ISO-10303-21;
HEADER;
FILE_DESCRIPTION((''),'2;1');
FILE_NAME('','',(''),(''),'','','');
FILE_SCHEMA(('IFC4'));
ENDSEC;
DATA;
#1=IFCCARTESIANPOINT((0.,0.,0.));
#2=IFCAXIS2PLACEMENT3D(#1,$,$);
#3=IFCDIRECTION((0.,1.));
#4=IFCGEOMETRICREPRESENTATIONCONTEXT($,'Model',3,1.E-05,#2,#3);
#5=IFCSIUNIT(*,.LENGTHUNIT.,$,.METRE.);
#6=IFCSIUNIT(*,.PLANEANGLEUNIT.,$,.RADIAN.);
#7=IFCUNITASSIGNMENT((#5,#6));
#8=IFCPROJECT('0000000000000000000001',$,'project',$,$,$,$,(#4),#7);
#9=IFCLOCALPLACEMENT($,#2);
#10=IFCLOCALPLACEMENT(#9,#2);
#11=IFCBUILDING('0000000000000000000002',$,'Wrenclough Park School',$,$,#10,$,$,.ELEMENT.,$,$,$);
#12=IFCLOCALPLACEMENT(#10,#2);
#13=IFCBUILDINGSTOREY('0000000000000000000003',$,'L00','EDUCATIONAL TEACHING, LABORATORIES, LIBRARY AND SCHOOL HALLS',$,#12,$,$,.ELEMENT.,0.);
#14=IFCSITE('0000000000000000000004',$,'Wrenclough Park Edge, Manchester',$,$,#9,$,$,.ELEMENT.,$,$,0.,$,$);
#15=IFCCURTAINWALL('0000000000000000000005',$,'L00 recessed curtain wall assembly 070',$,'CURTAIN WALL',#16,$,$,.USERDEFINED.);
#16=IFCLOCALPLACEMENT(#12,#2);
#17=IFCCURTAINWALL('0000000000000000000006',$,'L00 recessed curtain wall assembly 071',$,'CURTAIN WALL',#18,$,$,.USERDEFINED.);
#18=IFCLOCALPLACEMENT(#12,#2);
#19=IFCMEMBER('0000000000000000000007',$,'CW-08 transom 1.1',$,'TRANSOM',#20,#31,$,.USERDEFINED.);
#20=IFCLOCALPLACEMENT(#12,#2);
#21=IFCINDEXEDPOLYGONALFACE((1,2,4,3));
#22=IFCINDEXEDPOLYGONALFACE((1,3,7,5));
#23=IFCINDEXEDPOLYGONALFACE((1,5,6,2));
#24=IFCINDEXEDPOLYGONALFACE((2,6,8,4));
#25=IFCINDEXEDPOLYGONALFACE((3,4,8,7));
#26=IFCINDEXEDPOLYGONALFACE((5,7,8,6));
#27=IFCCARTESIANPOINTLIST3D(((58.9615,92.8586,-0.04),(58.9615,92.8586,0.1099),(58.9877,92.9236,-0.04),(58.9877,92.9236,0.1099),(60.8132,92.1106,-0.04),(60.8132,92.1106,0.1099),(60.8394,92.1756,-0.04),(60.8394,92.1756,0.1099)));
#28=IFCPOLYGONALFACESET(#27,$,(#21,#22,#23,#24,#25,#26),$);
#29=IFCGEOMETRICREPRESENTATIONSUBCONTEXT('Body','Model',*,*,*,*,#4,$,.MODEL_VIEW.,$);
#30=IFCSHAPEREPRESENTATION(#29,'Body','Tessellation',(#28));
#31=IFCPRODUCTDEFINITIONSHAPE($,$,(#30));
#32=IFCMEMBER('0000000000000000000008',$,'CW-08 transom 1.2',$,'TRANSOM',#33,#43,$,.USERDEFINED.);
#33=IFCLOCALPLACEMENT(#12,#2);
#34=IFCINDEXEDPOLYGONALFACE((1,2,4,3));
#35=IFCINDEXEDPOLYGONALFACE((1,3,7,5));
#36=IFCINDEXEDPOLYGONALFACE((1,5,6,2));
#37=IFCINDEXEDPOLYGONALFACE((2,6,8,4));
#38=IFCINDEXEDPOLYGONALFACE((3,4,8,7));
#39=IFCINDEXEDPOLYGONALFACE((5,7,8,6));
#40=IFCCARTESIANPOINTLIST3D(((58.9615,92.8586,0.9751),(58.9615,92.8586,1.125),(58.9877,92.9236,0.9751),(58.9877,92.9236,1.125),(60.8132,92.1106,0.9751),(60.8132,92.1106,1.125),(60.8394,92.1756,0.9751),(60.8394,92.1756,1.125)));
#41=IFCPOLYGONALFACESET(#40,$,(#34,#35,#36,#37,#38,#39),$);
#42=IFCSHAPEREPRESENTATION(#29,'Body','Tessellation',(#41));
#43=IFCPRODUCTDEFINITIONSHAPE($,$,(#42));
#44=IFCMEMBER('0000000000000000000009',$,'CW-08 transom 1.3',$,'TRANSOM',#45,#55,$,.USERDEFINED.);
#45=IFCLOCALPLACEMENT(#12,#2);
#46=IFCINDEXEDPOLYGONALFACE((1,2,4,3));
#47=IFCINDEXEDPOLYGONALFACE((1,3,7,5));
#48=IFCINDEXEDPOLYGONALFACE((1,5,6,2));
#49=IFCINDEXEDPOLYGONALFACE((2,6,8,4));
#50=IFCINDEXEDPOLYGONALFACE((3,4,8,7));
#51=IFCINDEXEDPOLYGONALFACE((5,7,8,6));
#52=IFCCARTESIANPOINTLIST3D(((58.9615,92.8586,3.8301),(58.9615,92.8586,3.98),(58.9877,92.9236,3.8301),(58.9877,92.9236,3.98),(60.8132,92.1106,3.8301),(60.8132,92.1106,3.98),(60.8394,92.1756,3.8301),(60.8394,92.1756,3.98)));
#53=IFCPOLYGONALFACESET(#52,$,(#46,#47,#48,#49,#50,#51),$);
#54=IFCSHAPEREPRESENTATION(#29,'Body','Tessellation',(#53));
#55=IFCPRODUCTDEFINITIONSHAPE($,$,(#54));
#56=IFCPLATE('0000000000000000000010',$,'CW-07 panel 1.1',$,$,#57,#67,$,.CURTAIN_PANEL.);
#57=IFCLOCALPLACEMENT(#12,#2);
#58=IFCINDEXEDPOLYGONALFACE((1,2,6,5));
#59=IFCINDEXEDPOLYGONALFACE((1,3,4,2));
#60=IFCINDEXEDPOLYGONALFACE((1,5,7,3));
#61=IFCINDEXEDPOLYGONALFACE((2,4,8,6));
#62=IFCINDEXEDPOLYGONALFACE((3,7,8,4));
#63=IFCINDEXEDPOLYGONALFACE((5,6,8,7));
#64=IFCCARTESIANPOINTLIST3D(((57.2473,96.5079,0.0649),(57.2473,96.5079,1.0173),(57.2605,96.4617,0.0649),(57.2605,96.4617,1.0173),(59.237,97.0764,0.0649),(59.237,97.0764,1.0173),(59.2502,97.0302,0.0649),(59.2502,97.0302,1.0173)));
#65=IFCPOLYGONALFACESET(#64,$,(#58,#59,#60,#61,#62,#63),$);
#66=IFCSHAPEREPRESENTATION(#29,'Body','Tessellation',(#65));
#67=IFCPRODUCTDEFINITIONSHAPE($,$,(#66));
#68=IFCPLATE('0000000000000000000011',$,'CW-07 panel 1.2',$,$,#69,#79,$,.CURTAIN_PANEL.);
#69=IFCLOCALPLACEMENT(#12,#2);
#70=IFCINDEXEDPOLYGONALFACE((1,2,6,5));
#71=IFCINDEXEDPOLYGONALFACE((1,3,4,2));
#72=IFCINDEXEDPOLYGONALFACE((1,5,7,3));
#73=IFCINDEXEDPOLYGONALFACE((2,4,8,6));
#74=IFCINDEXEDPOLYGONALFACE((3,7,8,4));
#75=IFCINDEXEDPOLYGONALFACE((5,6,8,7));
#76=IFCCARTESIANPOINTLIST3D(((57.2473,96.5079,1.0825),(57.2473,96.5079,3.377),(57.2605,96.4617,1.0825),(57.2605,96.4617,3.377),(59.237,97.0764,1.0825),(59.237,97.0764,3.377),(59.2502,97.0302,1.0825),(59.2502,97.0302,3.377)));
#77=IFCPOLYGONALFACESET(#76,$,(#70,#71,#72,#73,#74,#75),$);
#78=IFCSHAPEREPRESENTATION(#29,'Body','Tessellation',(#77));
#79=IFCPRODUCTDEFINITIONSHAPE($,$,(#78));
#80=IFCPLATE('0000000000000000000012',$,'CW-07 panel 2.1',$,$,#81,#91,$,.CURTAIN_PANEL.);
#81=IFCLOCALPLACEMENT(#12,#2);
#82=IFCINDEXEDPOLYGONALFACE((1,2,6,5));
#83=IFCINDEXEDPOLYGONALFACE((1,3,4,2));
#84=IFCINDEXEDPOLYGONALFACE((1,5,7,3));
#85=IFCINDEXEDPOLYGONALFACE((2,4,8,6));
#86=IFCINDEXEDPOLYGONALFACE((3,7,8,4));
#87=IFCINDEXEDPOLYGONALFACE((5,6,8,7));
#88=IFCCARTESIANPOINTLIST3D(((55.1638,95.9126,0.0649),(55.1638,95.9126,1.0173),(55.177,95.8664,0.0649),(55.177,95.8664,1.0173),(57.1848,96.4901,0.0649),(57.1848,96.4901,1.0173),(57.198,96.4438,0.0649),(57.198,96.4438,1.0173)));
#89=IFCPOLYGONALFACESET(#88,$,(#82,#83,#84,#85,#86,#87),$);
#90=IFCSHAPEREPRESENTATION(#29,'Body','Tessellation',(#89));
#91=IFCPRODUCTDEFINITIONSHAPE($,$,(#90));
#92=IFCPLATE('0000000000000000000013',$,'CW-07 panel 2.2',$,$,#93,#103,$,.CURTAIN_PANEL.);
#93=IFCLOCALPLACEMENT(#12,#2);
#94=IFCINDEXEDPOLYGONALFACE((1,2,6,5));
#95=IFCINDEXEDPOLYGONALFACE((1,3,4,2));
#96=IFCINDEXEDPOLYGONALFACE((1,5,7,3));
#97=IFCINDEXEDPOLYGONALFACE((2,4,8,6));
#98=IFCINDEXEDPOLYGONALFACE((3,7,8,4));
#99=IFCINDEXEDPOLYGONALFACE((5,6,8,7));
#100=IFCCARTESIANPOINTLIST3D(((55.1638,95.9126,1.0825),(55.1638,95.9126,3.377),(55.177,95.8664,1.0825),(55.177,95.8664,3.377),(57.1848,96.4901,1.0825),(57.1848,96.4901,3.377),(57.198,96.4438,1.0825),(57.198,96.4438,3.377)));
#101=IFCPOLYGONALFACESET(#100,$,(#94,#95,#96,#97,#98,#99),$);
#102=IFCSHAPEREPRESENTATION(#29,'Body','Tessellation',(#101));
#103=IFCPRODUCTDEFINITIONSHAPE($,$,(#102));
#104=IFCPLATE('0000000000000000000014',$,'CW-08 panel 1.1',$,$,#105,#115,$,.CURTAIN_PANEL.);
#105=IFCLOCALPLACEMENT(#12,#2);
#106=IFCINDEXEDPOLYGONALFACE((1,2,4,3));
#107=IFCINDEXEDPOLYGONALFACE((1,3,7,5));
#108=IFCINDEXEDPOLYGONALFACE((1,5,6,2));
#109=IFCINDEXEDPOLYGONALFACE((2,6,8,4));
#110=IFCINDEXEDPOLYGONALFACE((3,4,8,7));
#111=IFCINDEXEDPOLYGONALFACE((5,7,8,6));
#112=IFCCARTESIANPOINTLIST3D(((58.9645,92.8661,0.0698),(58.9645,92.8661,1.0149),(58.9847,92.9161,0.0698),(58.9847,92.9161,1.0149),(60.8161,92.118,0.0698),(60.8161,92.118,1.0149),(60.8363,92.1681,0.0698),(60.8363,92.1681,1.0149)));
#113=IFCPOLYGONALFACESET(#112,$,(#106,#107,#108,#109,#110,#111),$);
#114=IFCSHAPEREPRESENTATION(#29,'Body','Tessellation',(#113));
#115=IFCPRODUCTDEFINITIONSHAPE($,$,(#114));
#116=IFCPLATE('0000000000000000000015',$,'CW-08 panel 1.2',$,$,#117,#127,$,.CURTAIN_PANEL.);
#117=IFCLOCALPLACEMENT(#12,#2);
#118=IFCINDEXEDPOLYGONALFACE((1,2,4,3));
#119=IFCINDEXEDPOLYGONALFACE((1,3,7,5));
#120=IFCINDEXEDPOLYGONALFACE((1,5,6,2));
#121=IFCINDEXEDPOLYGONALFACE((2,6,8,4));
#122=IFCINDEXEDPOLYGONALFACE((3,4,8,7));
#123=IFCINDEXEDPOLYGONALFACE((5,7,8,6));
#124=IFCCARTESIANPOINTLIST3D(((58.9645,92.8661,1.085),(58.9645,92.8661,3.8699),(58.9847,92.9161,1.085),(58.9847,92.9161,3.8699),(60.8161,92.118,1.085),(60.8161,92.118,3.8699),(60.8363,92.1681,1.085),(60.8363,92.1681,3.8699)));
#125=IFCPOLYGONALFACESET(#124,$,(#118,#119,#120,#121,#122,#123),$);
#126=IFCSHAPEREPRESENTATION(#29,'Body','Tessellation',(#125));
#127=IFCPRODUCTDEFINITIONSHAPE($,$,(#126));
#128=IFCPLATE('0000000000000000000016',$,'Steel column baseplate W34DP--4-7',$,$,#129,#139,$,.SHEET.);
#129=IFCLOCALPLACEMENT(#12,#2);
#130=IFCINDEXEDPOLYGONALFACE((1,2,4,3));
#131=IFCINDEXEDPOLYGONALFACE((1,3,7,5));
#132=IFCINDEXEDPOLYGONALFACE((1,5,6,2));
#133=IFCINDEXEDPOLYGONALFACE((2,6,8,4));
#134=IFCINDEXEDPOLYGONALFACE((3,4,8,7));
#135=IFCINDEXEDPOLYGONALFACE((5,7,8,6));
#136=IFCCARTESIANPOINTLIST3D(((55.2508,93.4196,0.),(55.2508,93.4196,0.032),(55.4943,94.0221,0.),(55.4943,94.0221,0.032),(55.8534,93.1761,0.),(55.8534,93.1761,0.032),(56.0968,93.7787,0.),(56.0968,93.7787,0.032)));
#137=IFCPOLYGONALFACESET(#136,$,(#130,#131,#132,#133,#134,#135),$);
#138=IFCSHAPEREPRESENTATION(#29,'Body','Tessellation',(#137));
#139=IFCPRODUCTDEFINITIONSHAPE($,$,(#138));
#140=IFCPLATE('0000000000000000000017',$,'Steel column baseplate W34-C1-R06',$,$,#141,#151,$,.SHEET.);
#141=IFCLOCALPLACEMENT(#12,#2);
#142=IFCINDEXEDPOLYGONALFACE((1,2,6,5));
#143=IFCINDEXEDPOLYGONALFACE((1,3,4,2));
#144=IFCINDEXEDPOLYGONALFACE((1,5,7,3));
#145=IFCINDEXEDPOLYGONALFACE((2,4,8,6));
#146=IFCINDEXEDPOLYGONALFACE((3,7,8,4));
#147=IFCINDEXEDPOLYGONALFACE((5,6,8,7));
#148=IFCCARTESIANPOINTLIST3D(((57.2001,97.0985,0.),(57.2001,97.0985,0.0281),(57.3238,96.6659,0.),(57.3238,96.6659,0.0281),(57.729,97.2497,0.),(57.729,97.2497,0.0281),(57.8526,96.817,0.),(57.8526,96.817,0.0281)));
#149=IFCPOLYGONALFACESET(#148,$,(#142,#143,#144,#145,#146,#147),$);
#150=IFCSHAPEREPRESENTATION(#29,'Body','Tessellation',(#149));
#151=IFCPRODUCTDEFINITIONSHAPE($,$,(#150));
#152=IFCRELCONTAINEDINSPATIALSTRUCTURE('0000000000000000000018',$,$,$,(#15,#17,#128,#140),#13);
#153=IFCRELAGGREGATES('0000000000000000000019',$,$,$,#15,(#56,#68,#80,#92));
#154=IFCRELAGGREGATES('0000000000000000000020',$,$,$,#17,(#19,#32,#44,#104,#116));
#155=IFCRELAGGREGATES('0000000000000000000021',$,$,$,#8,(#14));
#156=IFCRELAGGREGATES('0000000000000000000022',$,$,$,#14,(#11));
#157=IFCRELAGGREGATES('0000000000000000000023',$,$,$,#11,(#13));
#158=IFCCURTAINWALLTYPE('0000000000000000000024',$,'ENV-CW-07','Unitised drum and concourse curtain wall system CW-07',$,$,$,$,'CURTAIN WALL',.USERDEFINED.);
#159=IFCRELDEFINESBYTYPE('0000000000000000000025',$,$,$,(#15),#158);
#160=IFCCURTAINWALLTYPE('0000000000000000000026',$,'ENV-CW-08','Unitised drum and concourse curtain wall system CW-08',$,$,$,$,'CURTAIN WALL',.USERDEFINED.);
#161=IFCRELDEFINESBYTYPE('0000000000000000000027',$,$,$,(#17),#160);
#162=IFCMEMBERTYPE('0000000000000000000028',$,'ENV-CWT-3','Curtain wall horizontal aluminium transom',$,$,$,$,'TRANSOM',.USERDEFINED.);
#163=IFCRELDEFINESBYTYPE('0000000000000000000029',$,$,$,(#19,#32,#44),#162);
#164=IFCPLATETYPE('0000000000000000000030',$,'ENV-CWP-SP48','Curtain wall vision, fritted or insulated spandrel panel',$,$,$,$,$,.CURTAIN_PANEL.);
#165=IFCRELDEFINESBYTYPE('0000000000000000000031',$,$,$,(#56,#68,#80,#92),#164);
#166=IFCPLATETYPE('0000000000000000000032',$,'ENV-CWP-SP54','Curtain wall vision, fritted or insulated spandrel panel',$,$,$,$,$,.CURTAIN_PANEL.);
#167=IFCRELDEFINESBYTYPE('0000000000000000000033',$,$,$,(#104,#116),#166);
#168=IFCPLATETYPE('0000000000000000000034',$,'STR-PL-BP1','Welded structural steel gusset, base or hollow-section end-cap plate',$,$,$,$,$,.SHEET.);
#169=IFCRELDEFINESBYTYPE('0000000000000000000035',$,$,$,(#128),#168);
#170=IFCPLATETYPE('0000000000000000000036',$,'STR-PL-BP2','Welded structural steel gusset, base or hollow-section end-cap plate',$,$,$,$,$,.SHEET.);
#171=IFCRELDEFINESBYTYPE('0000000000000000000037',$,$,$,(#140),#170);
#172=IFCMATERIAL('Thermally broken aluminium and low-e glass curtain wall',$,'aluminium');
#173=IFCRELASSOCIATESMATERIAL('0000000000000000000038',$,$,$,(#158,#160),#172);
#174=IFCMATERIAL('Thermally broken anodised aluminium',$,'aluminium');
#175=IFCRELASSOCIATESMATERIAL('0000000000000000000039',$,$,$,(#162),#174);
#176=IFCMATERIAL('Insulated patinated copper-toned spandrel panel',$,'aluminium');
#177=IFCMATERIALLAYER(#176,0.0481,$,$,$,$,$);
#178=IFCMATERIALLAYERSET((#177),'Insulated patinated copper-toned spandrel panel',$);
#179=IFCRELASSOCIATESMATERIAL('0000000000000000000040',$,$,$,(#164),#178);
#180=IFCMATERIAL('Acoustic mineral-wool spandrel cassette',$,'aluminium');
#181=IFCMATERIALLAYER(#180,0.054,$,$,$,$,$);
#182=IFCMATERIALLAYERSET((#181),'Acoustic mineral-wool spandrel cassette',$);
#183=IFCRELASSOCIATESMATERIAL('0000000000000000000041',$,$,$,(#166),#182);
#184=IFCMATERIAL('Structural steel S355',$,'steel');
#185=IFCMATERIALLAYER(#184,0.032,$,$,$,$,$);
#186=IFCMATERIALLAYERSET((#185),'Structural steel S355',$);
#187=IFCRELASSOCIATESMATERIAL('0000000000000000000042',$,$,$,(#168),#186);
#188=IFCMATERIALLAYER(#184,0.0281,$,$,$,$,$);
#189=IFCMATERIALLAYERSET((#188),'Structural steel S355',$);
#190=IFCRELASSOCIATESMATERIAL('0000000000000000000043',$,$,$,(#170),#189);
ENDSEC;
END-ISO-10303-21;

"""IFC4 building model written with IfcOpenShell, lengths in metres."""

from ifc_helpers import new_model, si_unit, direction, frame, origin, origin_2d, place, context, subcontext, project, spatial, rectangle, extrude, material, layer, layer_set, material_profile, profile_set, type_object, element, aggregate, save


model = new_model("IFC4")

# Units and contexts
model_context = context("Model", 3, precision=1e-05, world=origin(), true_north=direction((0.0, 1.0)))
body_context = subcontext(model_context, "Body", "Model", "MODEL_VIEW")
ifc_project = project(units=[si_unit("LENGTHUNIT", "METRE"), si_unit("PLANEANGLEUNIT", "RADIAN")], contexts=[model_context])

# Site, building, storey
site_placement = place(None, origin())
site = spatial("IfcSite", under=ifc_project, at=site_placement, Name="Wrenclough Park Edge, Manchester", CompositionType="ELEMENT", RefElevation=0.0)
building_placement = place(site_placement, origin())
building = spatial("IfcBuilding", under=site, at=building_placement, Name="Wrenclough Park School", CompositionType="ELEMENT")
storey_placement = place(building_placement, origin())
storey = spatial("IfcBuildingStorey", under=building, at=storey_placement, Name="L00", Description="EDUCATIONAL TEACHING, LABORATORIES, LIBRARY AND SCHOOL HALLS", CompositionType="ELEMENT", Elevation=0.0)

# Shared definitions
ifc_material_1 = material(Name="Structural steel S355", Category="steel")

# Curtain walls
ifc_material_2 = material(Name="Thermally broken aluminium and low-e glass curtain wall", Category="aluminium")
curtain_wall_type_1 = type_object("IfcCurtainWallType", Name="ENV-CW-07", Description="Unitised drum and concourse curtain wall system CW-07", ElementType="CURTAIN WALL", PredefinedType="USERDEFINED", material=ifc_material_2)
curtain_wall_1_placement = place(storey_placement, origin())
curtain_wall_1 = element("IfcCurtainWall", 1, at=curtain_wall_1_placement, inside=storey, type_object=curtain_wall_type_1, Name="L00 recessed curtain wall assembly 070", ObjectType="CURTAIN WALL", PredefinedType="USERDEFINED")
ifc_material_3 = material(Name="Thermally broken anodised aluminium", Category="aluminium")
curtain_wall_type_2 = type_object("IfcCurtainWallType", Name="ENV-CW-08", Description="Unitised drum and concourse curtain wall system CW-08", ElementType="CURTAIN WALL", PredefinedType="USERDEFINED", material=ifc_material_2)
curtain_wall_2_placement = place(storey_placement, origin())
curtain_wall_2 = element("IfcCurtainWall", 2, at=curtain_wall_2_placement, inside=storey, type_object=curtain_wall_type_2, Name="L00 recessed curtain wall assembly 071", ObjectType="CURTAIN WALL", PredefinedType="USERDEFINED")

# Members
ifc_material_profile_1 = material_profile(ifc_material_3, rectangle(XDim=0.0701, YDim=0.1499, at=origin_2d()), Name="AL TRANSOM 70x150")
ifc_profile_set_1 = profile_set([ifc_material_profile_1], Name="Thermally broken anodised aluminium")
member_type_1 = type_object("IfcMemberType", Name="ENV-CWT-3", Description="Curtain wall horizontal aluminium transom", ElementType="TRANSOM", PredefinedType="USERDEFINED", material=ifc_profile_set_1)
member_1_placement = place(storey_placement, frame((58.9746, 92.8911, 0.0349), z_axis=(0.927207, -0.37455, 0.0), x_axis=(0.37455, 0.927207, 0.0)))
member_1 = element("IfcMember", 3, at=member_1_placement, type_object=member_type_1, Name="CW-08 transom 1.1", ObjectType="TRANSOM", PredefinedType="USERDEFINED", context=body_context, shape_type="SweptSolid", body=[
    extrude(rectangle(XDim=0.0701, YDim=0.1499, at=origin_2d()), origin(), (0.0, 0.0, 1.0), 1.9971),
])
member_2_placement = place(storey_placement, frame((58.9746, 92.8911, 1.05), z_axis=(0.927207, -0.37455, 0.0), x_axis=(0.37455, 0.927207, 0.0)))
member_2 = element("IfcMember", 4, at=member_2_placement, type_object=member_type_1, Name="CW-08 transom 1.2", ObjectType="TRANSOM", PredefinedType="USERDEFINED", context=body_context, shape_type="SweptSolid", body=[
    extrude(rectangle(XDim=0.0701, YDim=0.1499, at=origin_2d()), origin(), (0.0, 0.0, 1.0), 1.9971),
])
member_3_placement = place(storey_placement, frame((58.9746, 92.8911, 3.905), z_axis=(0.927207, -0.37455, 0.0), x_axis=(0.37455, 0.927207, 0.0)))
member_3 = element("IfcMember", 5, at=member_3_placement, type_object=member_type_1, Name="CW-08 transom 1.3", ObjectType="TRANSOM", PredefinedType="USERDEFINED", context=body_context, shape_type="SweptSolid", body=[
    extrude(rectangle(XDim=0.0701, YDim=0.1499, at=origin_2d()), origin(), (0.0, 0.0, 1.0), 1.9971),
])

# Plates
ifc_material_4 = material(Name="Insulated patinated copper-toned spandrel panel", Category="aluminium")
ifc_layer_1 = layer(ifc_material_4, 0.0481)
ifc_layer_set_1 = layer_set([ifc_layer_1], Name="Insulated patinated copper-toned spandrel panel")
plate_type_1 = type_object("IfcPlateType", Name="ENV-CWP-SP48", Description="Curtain wall vision, fritted or insulated spandrel panel", PredefinedType="CURTAIN_PANEL", material=ifc_layer_set_1)
plate_1_placement = place(storey_placement, frame((58.2488, 96.769, 0.0649), z_axis=(0.0, 0.0, 1.0), x_axis=(-0.961523, -0.274723, 0.0)))
plate_1 = element("IfcPlate", 6, at=plate_1_placement, type_object=plate_type_1, Name="CW-07 panel 1.1", PredefinedType="CURTAIN_PANEL", context=body_context, shape_type="SweptSolid", body=[
    extrude(rectangle(XDim=2.0693, YDim=0.0481, at=origin_2d()), origin(), (0.0, 0.0, 1.0), 0.9524),
])
plate_2_placement = place(storey_placement, frame((58.2488, 96.769, 1.0825), z_axis=(0.0, 0.0, 1.0), x_axis=(-0.961523, -0.274723, 0.0)))
plate_2 = element("IfcPlate", 7, at=plate_2_placement, type_object=plate_type_1, Name="CW-07 panel 1.2", PredefinedType="CURTAIN_PANEL", context=body_context, shape_type="SweptSolid", body=[
    extrude(rectangle(XDim=2.0693, YDim=0.0481, at=origin_2d()), origin(), (0.0, 0.0, 1.0), 2.2944),
])
plate_3_placement = place(storey_placement, frame((56.1809, 96.1782, 0.0649), z_axis=(0.0, 0.0, 1.0), x_axis=(-0.961523, -0.274723, 0.0)))
plate_3 = element("IfcPlate", 8, at=plate_3_placement, type_object=plate_type_1, Name="CW-07 panel 2.1", PredefinedType="CURTAIN_PANEL", context=body_context, shape_type="SweptSolid", body=[
    extrude(rectangle(XDim=2.1018, YDim=0.0481, at=origin_2d()), origin(), (0.0, 0.0, 1.0), 0.9524),
])
plate_4_placement = place(storey_placement, frame((56.1809, 96.1782, 1.0825), z_axis=(0.0, 0.0, 1.0), x_axis=(-0.961523, -0.274723, 0.0)))
plate_4 = element("IfcPlate", 9, at=plate_4_placement, type_object=plate_type_1, Name="CW-07 panel 2.2", PredefinedType="CURTAIN_PANEL", context=body_context, shape_type="SweptSolid", body=[
    extrude(rectangle(XDim=2.1018, YDim=0.0481, at=origin_2d()), origin(), (0.0, 0.0, 1.0), 2.2944),
])
aggregate(curtain_wall_1, [plate_1, plate_2, plate_3, plate_4])
ifc_material_5 = material(Name="Acoustic mineral-wool spandrel cassette", Category="aluminium")
ifc_layer_2 = layer(ifc_material_5, 0.054)
ifc_layer_set_2 = layer_set([ifc_layer_2], Name="Acoustic mineral-wool spandrel cassette")
plate_type_2 = type_object("IfcPlateType", Name="ENV-CWP-SP54", Description="Curtain wall vision, fritted or insulated spandrel panel", PredefinedType="CURTAIN_PANEL", material=ifc_layer_set_2)
plate_5_placement = place(storey_placement, frame((59.9004, 92.5171, 0.0698), z_axis=(0.0, 0.0, 1.0), x_axis=(0.927189, -0.374593, 0.0)))
plate_5 = element("IfcPlate", 10, at=plate_5_placement, type_object=plate_type_2, Name="CW-08 panel 1.1", PredefinedType="CURTAIN_PANEL", context=body_context, shape_type="SweptSolid", body=[
    extrude(rectangle(XDim=1.9971, YDim=0.054, at=origin_2d()), origin(), (0.0, 0.0, 1.0), 0.9451),
])
plate_6_placement = place(storey_placement, frame((59.9004, 92.5171, 1.085), z_axis=(0.0, 0.0, 1.0), x_axis=(0.927189, -0.374593, 0.0)))
plate_6 = element("IfcPlate", 11, at=plate_6_placement, type_object=plate_type_2, Name="CW-08 panel 1.2", PredefinedType="CURTAIN_PANEL", context=body_context, shape_type="SweptSolid", body=[
    extrude(rectangle(XDim=1.9971, YDim=0.054, at=origin_2d()), origin(), (0.0, 0.0, 1.0), 2.7849),
])
aggregate(curtain_wall_2, [member_1, member_2, member_3, plate_5, plate_6])

# Plates
ifc_layer_3 = layer(ifc_material_1, 0.032)
ifc_layer_set_3 = layer_set([ifc_layer_3], Name="Structural steel S355")
plate_type_3 = type_object("IfcPlateType", Name="STR-PL-BP1", Description="Welded structural steel gusset, base or hollow-section end-cap plate", PredefinedType="SHEET", material=ifc_layer_set_3)
plate_7_placement = place(storey_placement, frame((55.6738, 93.5991, 0.0), z_axis=(0.0, 0.0, 1.0), x_axis=(0.927184, -0.374607, 0.0)))
element("IfcPlate", 12, at=plate_7_placement, inside=storey, type_object=plate_type_3, Name="Steel column baseplate W34DP--4-7", PredefinedType="SHEET", context=body_context, shape_type="SweptSolid", body=[
    extrude(rectangle(XDim=0.6499, YDim=0.6499, at=origin_2d()), origin(), (0.0, 0.0, 1.0), 0.032),
])
ifc_layer_4 = layer(ifc_material_1, 0.0281)
ifc_layer_set_4 = layer_set([ifc_layer_4], Name="Structural steel S355")
plate_type_4 = type_object("IfcPlateType", Name="STR-PL-BP2", Description="Welded structural steel gusset, base or hollow-section end-cap plate", PredefinedType="SHEET", material=ifc_layer_set_4)
plate_8_placement = place(storey_placement, frame((57.5264, 96.9578, 0.0), z_axis=(0.0, 0.0, 1.0), x_axis=(0.961502, 0.274798, 0.0)))
element("IfcPlate", 13, at=plate_8_placement, inside=storey, type_object=plate_type_4, Name="Steel column baseplate W34-C1-R06", PredefinedType="SHEET", context=body_context, shape_type="SweptSolid", body=[
    extrude(rectangle(XDim=0.55, YDim=0.45, at=origin_2d()), origin(), (0.0, 0.0, 1.0), 0.0281),
])

save(model, "model.ifc")
